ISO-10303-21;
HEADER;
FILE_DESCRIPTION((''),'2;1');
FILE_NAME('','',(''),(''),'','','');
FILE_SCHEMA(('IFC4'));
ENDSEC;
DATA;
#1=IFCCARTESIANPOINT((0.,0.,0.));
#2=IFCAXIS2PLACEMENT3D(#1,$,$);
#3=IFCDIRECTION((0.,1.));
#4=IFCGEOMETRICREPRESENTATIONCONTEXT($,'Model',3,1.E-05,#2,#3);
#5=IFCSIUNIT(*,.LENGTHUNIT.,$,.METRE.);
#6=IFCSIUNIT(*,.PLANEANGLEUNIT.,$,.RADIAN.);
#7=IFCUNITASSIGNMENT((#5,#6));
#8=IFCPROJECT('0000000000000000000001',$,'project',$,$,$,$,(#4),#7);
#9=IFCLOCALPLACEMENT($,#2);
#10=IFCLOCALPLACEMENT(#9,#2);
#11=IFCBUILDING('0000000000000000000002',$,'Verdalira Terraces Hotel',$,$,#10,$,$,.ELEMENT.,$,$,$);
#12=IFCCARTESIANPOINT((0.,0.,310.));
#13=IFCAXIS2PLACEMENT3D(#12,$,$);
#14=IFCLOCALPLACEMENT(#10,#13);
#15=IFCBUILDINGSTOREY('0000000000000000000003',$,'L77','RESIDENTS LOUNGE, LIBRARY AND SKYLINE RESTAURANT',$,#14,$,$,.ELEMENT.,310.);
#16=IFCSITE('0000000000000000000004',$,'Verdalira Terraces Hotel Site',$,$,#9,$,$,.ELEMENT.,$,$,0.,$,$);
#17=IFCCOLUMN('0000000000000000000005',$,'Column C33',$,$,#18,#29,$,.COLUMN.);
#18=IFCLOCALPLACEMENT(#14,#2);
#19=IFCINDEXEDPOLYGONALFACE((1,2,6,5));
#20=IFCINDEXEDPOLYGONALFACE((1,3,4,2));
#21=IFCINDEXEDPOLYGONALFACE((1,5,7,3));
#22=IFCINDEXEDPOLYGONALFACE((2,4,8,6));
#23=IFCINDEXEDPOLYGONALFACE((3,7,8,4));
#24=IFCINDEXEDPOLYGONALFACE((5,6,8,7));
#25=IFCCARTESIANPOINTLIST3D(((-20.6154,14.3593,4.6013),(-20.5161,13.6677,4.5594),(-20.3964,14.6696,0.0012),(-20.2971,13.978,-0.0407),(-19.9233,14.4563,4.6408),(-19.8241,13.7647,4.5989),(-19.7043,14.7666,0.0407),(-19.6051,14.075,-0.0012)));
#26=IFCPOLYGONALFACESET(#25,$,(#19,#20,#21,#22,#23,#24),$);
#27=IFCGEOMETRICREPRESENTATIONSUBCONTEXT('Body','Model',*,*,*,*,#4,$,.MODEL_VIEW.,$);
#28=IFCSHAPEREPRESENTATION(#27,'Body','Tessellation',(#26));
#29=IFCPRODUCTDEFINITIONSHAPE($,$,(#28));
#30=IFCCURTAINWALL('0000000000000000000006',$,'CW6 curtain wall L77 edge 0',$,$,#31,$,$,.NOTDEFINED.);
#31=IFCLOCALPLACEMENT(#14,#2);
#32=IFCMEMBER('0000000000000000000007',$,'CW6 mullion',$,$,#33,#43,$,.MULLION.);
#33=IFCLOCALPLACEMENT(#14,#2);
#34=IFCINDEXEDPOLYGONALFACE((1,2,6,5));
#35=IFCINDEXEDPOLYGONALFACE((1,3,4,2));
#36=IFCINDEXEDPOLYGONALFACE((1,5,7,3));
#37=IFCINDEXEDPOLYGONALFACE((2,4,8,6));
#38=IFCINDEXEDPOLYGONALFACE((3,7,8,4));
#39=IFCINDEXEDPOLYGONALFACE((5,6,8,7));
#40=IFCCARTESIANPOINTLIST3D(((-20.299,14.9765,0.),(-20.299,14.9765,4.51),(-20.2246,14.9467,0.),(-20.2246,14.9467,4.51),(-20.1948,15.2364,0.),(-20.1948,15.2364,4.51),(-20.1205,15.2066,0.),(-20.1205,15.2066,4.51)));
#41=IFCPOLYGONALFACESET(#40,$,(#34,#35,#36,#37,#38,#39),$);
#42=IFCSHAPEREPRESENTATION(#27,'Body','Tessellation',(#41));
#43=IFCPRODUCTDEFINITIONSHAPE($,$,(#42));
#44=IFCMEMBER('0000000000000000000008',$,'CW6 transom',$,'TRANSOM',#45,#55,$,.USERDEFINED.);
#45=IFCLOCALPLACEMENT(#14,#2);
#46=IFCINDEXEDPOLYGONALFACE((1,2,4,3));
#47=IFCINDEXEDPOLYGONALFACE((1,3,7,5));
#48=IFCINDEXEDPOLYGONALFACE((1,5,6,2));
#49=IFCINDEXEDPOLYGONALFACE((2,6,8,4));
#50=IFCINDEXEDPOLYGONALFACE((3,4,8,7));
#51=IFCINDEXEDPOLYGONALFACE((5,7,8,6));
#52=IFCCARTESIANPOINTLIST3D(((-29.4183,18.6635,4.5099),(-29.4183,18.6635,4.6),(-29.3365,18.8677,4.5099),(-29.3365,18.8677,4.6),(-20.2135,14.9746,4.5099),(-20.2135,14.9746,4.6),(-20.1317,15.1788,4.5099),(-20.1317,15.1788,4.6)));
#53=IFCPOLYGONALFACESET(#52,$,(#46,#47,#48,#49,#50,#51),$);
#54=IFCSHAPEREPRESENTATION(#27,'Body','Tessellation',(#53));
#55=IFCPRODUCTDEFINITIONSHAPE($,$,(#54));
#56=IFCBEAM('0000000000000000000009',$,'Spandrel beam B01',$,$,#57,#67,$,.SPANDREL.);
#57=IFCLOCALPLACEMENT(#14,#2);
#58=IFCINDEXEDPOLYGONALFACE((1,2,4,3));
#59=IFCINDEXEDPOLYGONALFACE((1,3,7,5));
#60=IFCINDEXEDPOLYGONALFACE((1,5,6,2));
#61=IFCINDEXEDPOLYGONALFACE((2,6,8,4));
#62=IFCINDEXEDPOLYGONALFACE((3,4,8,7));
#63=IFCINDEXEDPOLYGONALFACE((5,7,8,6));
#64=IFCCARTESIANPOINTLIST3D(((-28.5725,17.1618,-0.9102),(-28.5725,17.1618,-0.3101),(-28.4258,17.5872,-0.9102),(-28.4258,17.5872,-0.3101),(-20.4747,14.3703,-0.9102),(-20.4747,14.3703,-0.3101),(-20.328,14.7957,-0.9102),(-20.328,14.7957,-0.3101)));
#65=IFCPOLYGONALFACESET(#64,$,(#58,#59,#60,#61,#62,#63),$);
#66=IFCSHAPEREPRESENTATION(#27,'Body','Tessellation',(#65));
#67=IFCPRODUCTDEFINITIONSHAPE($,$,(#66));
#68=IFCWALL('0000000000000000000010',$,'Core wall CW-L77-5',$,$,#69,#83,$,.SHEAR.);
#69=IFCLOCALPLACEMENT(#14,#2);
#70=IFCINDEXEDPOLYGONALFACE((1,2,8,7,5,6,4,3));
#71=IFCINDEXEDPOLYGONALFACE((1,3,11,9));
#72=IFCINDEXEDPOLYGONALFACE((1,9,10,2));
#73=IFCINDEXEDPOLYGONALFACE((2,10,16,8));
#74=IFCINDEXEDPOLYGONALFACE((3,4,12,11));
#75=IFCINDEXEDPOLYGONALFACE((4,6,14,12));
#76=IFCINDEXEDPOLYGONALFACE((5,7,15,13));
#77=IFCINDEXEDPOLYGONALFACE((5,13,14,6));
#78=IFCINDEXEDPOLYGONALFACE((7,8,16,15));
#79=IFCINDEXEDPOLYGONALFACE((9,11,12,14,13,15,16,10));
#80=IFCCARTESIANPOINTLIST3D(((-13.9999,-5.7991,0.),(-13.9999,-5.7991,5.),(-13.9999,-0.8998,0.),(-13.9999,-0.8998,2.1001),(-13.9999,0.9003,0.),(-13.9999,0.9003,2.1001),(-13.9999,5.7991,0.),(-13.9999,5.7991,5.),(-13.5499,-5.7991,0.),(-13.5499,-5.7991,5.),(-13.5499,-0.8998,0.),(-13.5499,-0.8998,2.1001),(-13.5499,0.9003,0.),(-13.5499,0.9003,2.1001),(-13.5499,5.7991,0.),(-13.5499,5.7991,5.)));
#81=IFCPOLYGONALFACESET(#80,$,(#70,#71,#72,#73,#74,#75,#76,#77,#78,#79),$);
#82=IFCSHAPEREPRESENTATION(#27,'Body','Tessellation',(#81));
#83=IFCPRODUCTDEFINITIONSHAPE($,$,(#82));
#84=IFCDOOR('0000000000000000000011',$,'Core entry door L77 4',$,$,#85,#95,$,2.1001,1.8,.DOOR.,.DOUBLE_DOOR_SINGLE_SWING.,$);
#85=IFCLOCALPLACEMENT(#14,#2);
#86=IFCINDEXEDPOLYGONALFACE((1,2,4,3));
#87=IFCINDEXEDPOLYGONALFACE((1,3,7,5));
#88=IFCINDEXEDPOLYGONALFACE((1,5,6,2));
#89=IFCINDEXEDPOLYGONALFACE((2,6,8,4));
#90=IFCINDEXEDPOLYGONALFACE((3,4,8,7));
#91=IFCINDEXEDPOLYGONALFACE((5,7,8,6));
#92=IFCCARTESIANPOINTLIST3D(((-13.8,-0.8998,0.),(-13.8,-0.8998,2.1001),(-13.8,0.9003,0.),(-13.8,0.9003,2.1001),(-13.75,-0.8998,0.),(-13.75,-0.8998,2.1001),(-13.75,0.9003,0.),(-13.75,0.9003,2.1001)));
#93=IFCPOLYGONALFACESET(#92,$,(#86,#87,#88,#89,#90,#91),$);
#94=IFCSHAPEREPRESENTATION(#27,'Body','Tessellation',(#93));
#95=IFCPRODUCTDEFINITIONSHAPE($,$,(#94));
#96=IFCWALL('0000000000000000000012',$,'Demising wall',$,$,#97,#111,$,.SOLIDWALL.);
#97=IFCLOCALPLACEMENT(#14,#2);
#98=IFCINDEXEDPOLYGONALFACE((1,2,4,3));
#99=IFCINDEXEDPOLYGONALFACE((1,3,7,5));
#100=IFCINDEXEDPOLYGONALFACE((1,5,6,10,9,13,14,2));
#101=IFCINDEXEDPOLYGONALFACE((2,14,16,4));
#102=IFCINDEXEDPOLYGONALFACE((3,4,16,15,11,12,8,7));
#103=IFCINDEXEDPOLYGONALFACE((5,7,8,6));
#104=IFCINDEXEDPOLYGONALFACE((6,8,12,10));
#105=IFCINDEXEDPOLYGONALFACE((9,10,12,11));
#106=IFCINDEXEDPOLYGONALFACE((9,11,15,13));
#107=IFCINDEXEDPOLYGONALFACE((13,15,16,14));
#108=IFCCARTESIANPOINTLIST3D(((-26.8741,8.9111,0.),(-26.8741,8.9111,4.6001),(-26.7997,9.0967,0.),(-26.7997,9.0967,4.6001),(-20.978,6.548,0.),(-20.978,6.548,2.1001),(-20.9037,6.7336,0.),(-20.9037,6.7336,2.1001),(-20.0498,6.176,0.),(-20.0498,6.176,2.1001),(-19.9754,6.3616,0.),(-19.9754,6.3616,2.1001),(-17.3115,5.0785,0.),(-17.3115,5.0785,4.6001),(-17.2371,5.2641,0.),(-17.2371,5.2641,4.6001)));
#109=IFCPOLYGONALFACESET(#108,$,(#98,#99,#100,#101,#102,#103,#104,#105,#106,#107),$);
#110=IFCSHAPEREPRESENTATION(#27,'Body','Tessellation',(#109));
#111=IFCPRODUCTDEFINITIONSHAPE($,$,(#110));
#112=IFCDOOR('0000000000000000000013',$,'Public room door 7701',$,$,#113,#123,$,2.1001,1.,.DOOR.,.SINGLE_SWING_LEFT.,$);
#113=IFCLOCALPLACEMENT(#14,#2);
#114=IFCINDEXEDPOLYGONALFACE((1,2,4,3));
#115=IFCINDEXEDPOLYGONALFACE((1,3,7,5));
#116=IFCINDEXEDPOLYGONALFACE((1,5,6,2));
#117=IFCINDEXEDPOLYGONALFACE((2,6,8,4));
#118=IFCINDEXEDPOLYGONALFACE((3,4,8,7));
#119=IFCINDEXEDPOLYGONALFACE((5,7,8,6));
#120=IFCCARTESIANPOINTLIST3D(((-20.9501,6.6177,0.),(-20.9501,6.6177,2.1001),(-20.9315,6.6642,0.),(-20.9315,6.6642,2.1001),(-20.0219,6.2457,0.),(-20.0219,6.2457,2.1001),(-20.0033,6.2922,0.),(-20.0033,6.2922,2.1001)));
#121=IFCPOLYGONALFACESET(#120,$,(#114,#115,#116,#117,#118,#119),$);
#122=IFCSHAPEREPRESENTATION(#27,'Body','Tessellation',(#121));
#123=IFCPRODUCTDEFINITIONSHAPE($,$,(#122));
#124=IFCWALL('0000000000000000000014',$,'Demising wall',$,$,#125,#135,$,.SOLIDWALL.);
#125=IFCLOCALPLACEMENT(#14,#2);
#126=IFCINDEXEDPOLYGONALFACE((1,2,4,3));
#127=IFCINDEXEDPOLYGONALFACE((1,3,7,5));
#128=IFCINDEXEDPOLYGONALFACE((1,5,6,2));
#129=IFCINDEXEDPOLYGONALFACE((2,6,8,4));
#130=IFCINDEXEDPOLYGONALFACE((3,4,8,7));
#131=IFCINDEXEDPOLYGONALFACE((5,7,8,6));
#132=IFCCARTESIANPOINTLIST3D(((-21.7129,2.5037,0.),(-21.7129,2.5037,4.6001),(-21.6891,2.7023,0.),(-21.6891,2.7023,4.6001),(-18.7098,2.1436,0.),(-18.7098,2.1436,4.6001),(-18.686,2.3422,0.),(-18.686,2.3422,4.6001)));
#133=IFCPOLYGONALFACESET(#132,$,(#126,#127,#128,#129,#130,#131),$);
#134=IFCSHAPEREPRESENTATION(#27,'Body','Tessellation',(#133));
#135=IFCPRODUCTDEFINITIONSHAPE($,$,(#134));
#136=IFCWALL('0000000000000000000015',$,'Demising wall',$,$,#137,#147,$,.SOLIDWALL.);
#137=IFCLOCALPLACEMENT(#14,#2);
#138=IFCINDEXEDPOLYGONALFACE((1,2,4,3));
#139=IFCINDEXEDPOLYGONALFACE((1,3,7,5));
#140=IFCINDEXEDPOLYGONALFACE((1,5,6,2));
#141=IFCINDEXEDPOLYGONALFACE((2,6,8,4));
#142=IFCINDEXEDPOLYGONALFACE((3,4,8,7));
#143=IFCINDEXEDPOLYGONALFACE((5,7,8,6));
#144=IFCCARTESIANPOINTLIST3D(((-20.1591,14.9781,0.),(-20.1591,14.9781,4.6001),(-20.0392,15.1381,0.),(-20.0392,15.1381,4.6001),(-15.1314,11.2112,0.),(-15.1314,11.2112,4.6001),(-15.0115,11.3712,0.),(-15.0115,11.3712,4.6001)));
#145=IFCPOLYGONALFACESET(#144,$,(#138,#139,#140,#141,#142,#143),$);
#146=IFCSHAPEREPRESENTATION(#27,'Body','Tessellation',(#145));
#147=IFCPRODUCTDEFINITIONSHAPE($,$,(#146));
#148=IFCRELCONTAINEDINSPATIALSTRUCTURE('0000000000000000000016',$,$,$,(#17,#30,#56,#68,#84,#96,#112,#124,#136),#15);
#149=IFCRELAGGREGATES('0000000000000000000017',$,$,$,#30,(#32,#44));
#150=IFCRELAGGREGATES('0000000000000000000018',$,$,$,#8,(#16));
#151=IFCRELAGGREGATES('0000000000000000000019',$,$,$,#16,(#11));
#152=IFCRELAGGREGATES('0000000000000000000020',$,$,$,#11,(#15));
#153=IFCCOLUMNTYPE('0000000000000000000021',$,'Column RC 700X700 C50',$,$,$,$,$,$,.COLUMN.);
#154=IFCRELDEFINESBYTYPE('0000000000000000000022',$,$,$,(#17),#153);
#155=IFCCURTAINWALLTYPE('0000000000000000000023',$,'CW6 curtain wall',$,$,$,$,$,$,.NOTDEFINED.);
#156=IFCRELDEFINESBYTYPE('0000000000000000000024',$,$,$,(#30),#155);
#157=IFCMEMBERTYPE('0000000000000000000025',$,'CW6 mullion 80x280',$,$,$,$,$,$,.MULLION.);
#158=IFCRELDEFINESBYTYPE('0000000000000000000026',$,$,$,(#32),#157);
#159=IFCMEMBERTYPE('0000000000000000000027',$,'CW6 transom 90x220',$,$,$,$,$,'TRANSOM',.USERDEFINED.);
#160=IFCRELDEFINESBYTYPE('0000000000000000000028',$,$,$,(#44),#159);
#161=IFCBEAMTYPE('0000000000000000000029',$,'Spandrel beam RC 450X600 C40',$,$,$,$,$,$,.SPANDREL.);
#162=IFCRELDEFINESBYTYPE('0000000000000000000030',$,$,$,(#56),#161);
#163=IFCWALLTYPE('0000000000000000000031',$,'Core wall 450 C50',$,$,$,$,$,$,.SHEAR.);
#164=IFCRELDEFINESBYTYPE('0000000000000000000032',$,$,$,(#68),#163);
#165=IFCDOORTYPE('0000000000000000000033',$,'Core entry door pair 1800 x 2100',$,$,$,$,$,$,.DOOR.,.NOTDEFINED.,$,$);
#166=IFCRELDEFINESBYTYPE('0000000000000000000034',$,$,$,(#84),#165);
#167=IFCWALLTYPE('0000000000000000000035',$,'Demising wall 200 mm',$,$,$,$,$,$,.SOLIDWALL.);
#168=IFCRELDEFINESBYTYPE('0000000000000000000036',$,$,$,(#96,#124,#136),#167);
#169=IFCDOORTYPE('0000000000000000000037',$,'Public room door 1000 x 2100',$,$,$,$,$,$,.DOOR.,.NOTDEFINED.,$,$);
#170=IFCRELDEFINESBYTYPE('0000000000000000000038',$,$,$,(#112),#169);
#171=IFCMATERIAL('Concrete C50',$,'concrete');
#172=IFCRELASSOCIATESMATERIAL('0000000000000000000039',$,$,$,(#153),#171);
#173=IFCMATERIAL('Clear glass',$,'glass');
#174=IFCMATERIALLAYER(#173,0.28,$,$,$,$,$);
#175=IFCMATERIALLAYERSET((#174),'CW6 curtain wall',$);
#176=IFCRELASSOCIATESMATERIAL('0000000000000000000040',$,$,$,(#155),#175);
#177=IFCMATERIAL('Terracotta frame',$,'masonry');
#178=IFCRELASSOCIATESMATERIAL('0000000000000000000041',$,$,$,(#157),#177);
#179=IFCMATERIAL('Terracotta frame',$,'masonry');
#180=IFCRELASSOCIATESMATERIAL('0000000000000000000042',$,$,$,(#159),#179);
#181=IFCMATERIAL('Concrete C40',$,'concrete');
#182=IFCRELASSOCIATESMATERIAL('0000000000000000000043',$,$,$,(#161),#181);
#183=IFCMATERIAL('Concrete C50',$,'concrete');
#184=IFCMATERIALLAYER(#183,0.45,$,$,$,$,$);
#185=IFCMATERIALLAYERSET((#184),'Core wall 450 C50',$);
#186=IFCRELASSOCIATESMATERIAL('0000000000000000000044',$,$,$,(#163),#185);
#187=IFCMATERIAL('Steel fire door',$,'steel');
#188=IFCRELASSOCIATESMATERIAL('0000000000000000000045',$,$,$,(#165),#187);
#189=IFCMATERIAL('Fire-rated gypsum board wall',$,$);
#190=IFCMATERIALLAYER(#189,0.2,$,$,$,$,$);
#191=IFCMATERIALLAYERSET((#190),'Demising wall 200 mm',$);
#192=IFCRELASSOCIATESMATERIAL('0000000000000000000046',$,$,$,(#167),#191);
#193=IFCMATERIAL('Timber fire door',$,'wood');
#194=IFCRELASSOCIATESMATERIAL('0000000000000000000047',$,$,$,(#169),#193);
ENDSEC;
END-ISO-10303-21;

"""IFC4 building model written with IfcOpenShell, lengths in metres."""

from ifc_helpers import new_model, si_unit, direction, frame, frame_2d, origin, origin_2d, place, context, subcontext, project, spatial, rectangle, extrude, material, layer, layer_set, material_profile, profile_set, type_object, element, fill, aggregate, save


model = new_model("IFC4")

# Units and contexts
model_context = context("Model", 3, precision=1e-05, world=origin(), true_north=direction((0.0, 1.0)))
body_context = subcontext(model_context, "Body", "Model", "MODEL_VIEW")
ifc_project = project(units=[si_unit("LENGTHUNIT", "METRE"), si_unit("PLANEANGLEUNIT", "RADIAN")], contexts=[model_context])

# Site, building, storey
site_placement = place(None, origin())
site = spatial("IfcSite", under=ifc_project, at=site_placement, Name="Verdalira Terraces Hotel Site", CompositionType="ELEMENT", RefElevation=0.0)
building_placement = place(site_placement, origin())
building = spatial("IfcBuilding", under=site, at=building_placement, Name="Verdalira Terraces Hotel", CompositionType="ELEMENT")
storey_placement = place(building_placement, frame((0.0, 0.0, 310.0)))
storey = spatial("IfcBuildingStorey", under=building, at=storey_placement, Name="L77", Description="RESIDENTS LOUNGE, LIBRARY AND SKYLINE RESTAURANT", CompositionType="ELEMENT", Elevation=310.0)

# Column
ifc_material_1 = material(Name="Concrete C50", Category="concrete")
ifc_material_profile_1 = material_profile(ifc_material_1, rectangle(XDim=0.7, YDim=0.7, at=origin_2d()), Name="RC 700X700")
ifc_profile_set_1 = profile_set([ifc_material_profile_1], Name="Concrete C50")
column_type = type_object("IfcColumnType", Name="Column RC 700X700 C50", PredefinedType="COLUMN", material=ifc_profile_set_1)
column_placement = place(storey_placement, frame((-20.0007, 14.3723, 0.0), z_axis=(-0.047445, -0.067227, 0.996609), x_axis=(0.988755, 0.138499, 0.056414)))
element("IfcColumn", 1, at=column_placement, inside=storey, type_object=column_type, Name="Column C33", PredefinedType="COLUMN", context=body_context, shape_type="SweptSolid", body=[
    extrude(rectangle(XDim=0.7, YDim=0.7, at=origin_2d()), origin(), (0.0, 0.0, 1.0), 4.6157),
])

# Curtain wall, members
ifc_material_2 = material(Name="Clear glass", Category="glass")
ifc_layer_1 = layer(ifc_material_2, 0.28)
ifc_layer_set_1 = layer_set([ifc_layer_1], Name="CW6 curtain wall")
curtain_wall_type = type_object("IfcCurtainWallType", Name="CW6 curtain wall", PredefinedType="NOTDEFINED", material=ifc_layer_set_1)
curtain_wall_placement = place(storey_placement, origin())
curtain_wall = element("IfcCurtainWall", 2, at=curtain_wall_placement, inside=storey, type_object=curtain_wall_type, Name="CW6 curtain wall L77 edge 0", PredefinedType="NOTDEFINED")
ifc_material_3 = material(Name="Terracotta frame", Category="masonry")
ifc_material_profile_2 = material_profile(ifc_material_3, rectangle(XDim=0.0801, YDim=0.28, at=origin_2d()), Name="MU 80x280")
ifc_profile_set_2 = profile_set([ifc_material_profile_2], Name="Terracotta frame")
member_type_1 = type_object("IfcMemberType", Name="CW6 mullion 80x280", PredefinedType="MULLION", material=ifc_profile_set_2)
member_1_placement = place(storey_placement, frame((-20.2097, 15.0916, 0.0), z_axis=(0.0, 0.0, 1.0), x_axis=(-0.928226, 0.372016, 0.0)))
member_1 = element("IfcMember", 3, at=member_1_placement, type_object=member_type_1, Name="CW6 mullion", PredefinedType="MULLION", context=body_context, shape_type="SweptSolid", body=[
    extrude(rectangle(XDim=0.0801, YDim=0.28, at=origin_2d()), origin(), (0.0, 0.0, 1.0), 4.51),
])
ifc_material_4 = material(Name="Terracotta frame", Category="masonry")
ifc_material_profile_3 = material_profile(ifc_material_4, rectangle(XDim=0.22, YDim=0.0901, at=origin_2d()), Name="TR 90x220")
ifc_profile_set_3 = profile_set([ifc_material_profile_3], Name="Terracotta frame")
member_type_2 = type_object("IfcMemberType", Name="CW6 transom 90x220", ElementType="TRANSOM", PredefinedType="USERDEFINED", material=ifc_profile_set_3)
member_2_placement = place(storey_placement, frame((-20.1726, 15.0767, 4.5549), z_axis=(-0.928232, 0.372002, 0.0), x_axis=(-0.372002, -0.928232, 0.0)))
member_2 = element("IfcMember", 4, at=member_2_placement, type_object=member_type_2, Name="CW6 transom", ObjectType="TRANSOM", PredefinedType="USERDEFINED", context=body_context, shape_type="SweptSolid", body=[
    extrude(rectangle(XDim=0.22, YDim=0.0901, at=origin_2d()), origin(), (0.0, 0.0, 1.0), 9.9165),
])
aggregate(curtain_wall, [member_1, member_2])

# Beam
ifc_material_5 = material(Name="Concrete C40", Category="concrete")
ifc_material_profile_4 = material_profile(ifc_material_5, rectangle(XDim=0.45, YDim=0.6001, at=origin_2d()), Name="RC 450X600")
ifc_profile_set_4 = profile_set([ifc_material_profile_4], Name="Concrete C40")
beam_type = type_object("IfcBeamType", Name="Spandrel beam RC 450X600 C40", PredefinedType="SPANDREL", material=ifc_profile_set_4)
beam_placement = place(storey_placement, frame((-20.4014, 14.583, -0.6101), z_axis=(-0.945404, 0.325899, 0.0), x_axis=(-0.325899, -0.945404, 0.0)))
element("IfcBeam", 5, at=beam_placement, inside=storey, type_object=beam_type, Name="Spandrel beam B01", PredefinedType="SPANDREL", context=body_context, shape_type="SweptSolid", body=[
    extrude(rectangle(XDim=0.45, YDim=0.6001, at=origin_2d()), origin(), (0.0, 0.0, 1.0), 8.5654),
])

# Walls, openings, doors
ifc_material_6 = material(Name="Concrete C50", Category="concrete")
ifc_layer_2 = layer(ifc_material_6, 0.45)
ifc_layer_set_2 = layer_set([ifc_layer_2], Name="Core wall 450 C50")
wall_type_1 = type_object("IfcWallType", Name="Core wall 450 C50", PredefinedType="SHEAR", material=ifc_layer_set_2)
wall_1_placement = place(storey_placement, frame((-13.7749, 5.7991, 0.0), z_axis=(0.0, 0.0, 1.0), x_axis=(0.0, -1.0, 0.0)))
wall_1 = element("IfcWall", 6, at=wall_1_placement, inside=storey, type_object=wall_type_1, Name="Core wall CW-L77-5", PredefinedType="SHEAR", context=body_context, shape_type="SweptSolid", body=[
    extrude(rectangle(XDim=11.5981, YDim=0.45, at=frame_2d((5.7991, 0.0))), origin(), (0.0, 0.0, 1.0), 5.0),
])
opening_1_placement = place(wall_1_placement, frame((4.8989, 0.0, 0.0)))
opening_1 = element("IfcOpeningElement", 7, at=opening_1_placement, cuts=wall_1, PredefinedType="OPENING", context=body_context, shape_type="SweptSolid", body=[
    extrude(rectangle(XDim=1.8, YDim=2.1001, at=frame_2d((0.8999, 1.05))), frame((0.0, 0.2349, 0.0), z_axis=(0.0, -1.0, 0.0), x_axis=(1.0, 0.0, 0.0)), (0.0, 0.0, 1.0), 0.47),
])
ifc_material_7 = material(Name="Steel fire door", Category="steel")
door_type_1 = type_object("IfcDoorType", Name="Core entry door pair 1800 x 2100", OperationType="NOTDEFINED", PredefinedType="DOOR", material=ifc_material_7)
door_1_placement = place(opening_1_placement, origin())
door_1 = element("IfcDoor", 8, at=door_1_placement, inside=storey, type_object=door_type_1, Name="Core entry door L77 4", OperationType="DOUBLE_DOOR_SINGLE_SWING", OverallHeight=2.1001, OverallWidth=1.8, PredefinedType="DOOR", context=body_context, shape_type="SweptSolid", body=[
    extrude(rectangle(XDim=1.8, YDim=2.1001, at=frame_2d((0.8999, 1.05))), frame((0.0, 0.0249, 0.0), z_axis=(0.0, -1.0, 0.0), x_axis=(1.0, 0.0, 0.0)), (0.0, 0.0, 1.0), 0.05),
])
fill(opening_1, door_1)
ifc_material_8 = material(Name="Fire-rated gypsum board wall")
ifc_layer_3 = layer(ifc_material_8, 0.2)
ifc_layer_set_3 = layer_set([ifc_layer_3], Name="Demising wall 200 mm")
wall_type_2 = type_object("IfcWallType", Name="Demising wall 200 mm", PredefinedType="SOLIDWALL", material=ifc_layer_set_3)
wall_2_placement = place(storey_placement, frame((-17.2744, 5.1714, 0.0), z_axis=(0.0, 0.0, 1.0), x_axis=(-0.928225, 0.37202, 0.0)))
wall_2 = element("IfcWall", 9, at=wall_2_placement, inside=storey, type_object=wall_type_2, Name="Demising wall", PredefinedType="SOLIDWALL", context=body_context, shape_type="SweptSolid", body=[
    extrude(rectangle(XDim=10.302, YDim=0.2, at=frame_2d((5.1509, 0.0))), origin(), (0.0, 0.0, 1.0), 4.6001),
])
opening_2_placement = place(wall_2_placement, frame((2.95, 0.0, 0.0)))
opening_2 = element("IfcOpeningElement", 10, at=opening_2_placement, cuts=wall_2, PredefinedType="OPENING", context=body_context, shape_type="SweptSolid", body=[
    extrude(rectangle(XDim=1.0, YDim=2.1001, at=frame_2d((0.5, 1.05))), frame((0.0, 0.1099, 0.0), z_axis=(0.0, -1.0, 0.0), x_axis=(1.0, 0.0, 0.0)), (0.0, 0.0, 1.0), 0.22),
])
ifc_material_9 = material(Name="Timber fire door", Category="wood")
door_type_2 = type_object("IfcDoorType", Name="Public room door 1000 x 2100", OperationType="NOTDEFINED", PredefinedType="DOOR", material=ifc_material_9)
door_2_placement = place(opening_2_placement, origin())
door_2 = element("IfcDoor", 11, at=door_2_placement, inside=storey, type_object=door_type_2, Name="Public room door 7701", OperationType="SINGLE_SWING_LEFT", OverallHeight=2.1001, OverallWidth=1.0, PredefinedType="DOOR", context=body_context, shape_type="SweptSolid", body=[
    extrude(rectangle(XDim=1.0, YDim=2.1001, at=frame_2d((0.5, 1.05))), frame((0.0, 0.0249, 0.0), z_axis=(0.0, -1.0, 0.0), x_axis=(1.0, 0.0, 0.0)), (0.0, 0.0, 1.0), 0.05),
])
fill(opening_2, door_2)

# Walls
wall_3_placement = place(storey_placement, frame((-18.698, 2.2429, 0.0), z_axis=(0.0, 0.0, 1.0), x_axis=(-0.992888, 0.119056, 0.0)))
element("IfcWall", 12, at=wall_3_placement, inside=storey, type_object=wall_type_2, Name="Demising wall", PredefinedType="SOLIDWALL", context=body_context, shape_type="SweptSolid", body=[
    extrude(rectangle(XDim=3.0247, YDim=0.2, at=frame_2d((1.5122, 0.0))), origin(), (0.0, 0.0, 1.0), 4.6001),
])
wall_4_placement = place(storey_placement, frame((-20.0991, 15.0581, 0.0), z_axis=(0.0, 0.0, 1.0), x_axis=(0.800294, -0.599608, 0.0)))
element("IfcWall", 13, at=wall_4_placement, inside=storey, type_object=wall_type_2, Name="Demising wall", PredefinedType="SOLIDWALL", context=body_context, shape_type="SweptSolid", body=[
    extrude(rectangle(XDim=6.2822, YDim=0.2, at=frame_2d((3.1411, 0.0))), origin(), (0.0, 0.0, 1.0), 4.6001),
])

save(model, "model.ifc")
